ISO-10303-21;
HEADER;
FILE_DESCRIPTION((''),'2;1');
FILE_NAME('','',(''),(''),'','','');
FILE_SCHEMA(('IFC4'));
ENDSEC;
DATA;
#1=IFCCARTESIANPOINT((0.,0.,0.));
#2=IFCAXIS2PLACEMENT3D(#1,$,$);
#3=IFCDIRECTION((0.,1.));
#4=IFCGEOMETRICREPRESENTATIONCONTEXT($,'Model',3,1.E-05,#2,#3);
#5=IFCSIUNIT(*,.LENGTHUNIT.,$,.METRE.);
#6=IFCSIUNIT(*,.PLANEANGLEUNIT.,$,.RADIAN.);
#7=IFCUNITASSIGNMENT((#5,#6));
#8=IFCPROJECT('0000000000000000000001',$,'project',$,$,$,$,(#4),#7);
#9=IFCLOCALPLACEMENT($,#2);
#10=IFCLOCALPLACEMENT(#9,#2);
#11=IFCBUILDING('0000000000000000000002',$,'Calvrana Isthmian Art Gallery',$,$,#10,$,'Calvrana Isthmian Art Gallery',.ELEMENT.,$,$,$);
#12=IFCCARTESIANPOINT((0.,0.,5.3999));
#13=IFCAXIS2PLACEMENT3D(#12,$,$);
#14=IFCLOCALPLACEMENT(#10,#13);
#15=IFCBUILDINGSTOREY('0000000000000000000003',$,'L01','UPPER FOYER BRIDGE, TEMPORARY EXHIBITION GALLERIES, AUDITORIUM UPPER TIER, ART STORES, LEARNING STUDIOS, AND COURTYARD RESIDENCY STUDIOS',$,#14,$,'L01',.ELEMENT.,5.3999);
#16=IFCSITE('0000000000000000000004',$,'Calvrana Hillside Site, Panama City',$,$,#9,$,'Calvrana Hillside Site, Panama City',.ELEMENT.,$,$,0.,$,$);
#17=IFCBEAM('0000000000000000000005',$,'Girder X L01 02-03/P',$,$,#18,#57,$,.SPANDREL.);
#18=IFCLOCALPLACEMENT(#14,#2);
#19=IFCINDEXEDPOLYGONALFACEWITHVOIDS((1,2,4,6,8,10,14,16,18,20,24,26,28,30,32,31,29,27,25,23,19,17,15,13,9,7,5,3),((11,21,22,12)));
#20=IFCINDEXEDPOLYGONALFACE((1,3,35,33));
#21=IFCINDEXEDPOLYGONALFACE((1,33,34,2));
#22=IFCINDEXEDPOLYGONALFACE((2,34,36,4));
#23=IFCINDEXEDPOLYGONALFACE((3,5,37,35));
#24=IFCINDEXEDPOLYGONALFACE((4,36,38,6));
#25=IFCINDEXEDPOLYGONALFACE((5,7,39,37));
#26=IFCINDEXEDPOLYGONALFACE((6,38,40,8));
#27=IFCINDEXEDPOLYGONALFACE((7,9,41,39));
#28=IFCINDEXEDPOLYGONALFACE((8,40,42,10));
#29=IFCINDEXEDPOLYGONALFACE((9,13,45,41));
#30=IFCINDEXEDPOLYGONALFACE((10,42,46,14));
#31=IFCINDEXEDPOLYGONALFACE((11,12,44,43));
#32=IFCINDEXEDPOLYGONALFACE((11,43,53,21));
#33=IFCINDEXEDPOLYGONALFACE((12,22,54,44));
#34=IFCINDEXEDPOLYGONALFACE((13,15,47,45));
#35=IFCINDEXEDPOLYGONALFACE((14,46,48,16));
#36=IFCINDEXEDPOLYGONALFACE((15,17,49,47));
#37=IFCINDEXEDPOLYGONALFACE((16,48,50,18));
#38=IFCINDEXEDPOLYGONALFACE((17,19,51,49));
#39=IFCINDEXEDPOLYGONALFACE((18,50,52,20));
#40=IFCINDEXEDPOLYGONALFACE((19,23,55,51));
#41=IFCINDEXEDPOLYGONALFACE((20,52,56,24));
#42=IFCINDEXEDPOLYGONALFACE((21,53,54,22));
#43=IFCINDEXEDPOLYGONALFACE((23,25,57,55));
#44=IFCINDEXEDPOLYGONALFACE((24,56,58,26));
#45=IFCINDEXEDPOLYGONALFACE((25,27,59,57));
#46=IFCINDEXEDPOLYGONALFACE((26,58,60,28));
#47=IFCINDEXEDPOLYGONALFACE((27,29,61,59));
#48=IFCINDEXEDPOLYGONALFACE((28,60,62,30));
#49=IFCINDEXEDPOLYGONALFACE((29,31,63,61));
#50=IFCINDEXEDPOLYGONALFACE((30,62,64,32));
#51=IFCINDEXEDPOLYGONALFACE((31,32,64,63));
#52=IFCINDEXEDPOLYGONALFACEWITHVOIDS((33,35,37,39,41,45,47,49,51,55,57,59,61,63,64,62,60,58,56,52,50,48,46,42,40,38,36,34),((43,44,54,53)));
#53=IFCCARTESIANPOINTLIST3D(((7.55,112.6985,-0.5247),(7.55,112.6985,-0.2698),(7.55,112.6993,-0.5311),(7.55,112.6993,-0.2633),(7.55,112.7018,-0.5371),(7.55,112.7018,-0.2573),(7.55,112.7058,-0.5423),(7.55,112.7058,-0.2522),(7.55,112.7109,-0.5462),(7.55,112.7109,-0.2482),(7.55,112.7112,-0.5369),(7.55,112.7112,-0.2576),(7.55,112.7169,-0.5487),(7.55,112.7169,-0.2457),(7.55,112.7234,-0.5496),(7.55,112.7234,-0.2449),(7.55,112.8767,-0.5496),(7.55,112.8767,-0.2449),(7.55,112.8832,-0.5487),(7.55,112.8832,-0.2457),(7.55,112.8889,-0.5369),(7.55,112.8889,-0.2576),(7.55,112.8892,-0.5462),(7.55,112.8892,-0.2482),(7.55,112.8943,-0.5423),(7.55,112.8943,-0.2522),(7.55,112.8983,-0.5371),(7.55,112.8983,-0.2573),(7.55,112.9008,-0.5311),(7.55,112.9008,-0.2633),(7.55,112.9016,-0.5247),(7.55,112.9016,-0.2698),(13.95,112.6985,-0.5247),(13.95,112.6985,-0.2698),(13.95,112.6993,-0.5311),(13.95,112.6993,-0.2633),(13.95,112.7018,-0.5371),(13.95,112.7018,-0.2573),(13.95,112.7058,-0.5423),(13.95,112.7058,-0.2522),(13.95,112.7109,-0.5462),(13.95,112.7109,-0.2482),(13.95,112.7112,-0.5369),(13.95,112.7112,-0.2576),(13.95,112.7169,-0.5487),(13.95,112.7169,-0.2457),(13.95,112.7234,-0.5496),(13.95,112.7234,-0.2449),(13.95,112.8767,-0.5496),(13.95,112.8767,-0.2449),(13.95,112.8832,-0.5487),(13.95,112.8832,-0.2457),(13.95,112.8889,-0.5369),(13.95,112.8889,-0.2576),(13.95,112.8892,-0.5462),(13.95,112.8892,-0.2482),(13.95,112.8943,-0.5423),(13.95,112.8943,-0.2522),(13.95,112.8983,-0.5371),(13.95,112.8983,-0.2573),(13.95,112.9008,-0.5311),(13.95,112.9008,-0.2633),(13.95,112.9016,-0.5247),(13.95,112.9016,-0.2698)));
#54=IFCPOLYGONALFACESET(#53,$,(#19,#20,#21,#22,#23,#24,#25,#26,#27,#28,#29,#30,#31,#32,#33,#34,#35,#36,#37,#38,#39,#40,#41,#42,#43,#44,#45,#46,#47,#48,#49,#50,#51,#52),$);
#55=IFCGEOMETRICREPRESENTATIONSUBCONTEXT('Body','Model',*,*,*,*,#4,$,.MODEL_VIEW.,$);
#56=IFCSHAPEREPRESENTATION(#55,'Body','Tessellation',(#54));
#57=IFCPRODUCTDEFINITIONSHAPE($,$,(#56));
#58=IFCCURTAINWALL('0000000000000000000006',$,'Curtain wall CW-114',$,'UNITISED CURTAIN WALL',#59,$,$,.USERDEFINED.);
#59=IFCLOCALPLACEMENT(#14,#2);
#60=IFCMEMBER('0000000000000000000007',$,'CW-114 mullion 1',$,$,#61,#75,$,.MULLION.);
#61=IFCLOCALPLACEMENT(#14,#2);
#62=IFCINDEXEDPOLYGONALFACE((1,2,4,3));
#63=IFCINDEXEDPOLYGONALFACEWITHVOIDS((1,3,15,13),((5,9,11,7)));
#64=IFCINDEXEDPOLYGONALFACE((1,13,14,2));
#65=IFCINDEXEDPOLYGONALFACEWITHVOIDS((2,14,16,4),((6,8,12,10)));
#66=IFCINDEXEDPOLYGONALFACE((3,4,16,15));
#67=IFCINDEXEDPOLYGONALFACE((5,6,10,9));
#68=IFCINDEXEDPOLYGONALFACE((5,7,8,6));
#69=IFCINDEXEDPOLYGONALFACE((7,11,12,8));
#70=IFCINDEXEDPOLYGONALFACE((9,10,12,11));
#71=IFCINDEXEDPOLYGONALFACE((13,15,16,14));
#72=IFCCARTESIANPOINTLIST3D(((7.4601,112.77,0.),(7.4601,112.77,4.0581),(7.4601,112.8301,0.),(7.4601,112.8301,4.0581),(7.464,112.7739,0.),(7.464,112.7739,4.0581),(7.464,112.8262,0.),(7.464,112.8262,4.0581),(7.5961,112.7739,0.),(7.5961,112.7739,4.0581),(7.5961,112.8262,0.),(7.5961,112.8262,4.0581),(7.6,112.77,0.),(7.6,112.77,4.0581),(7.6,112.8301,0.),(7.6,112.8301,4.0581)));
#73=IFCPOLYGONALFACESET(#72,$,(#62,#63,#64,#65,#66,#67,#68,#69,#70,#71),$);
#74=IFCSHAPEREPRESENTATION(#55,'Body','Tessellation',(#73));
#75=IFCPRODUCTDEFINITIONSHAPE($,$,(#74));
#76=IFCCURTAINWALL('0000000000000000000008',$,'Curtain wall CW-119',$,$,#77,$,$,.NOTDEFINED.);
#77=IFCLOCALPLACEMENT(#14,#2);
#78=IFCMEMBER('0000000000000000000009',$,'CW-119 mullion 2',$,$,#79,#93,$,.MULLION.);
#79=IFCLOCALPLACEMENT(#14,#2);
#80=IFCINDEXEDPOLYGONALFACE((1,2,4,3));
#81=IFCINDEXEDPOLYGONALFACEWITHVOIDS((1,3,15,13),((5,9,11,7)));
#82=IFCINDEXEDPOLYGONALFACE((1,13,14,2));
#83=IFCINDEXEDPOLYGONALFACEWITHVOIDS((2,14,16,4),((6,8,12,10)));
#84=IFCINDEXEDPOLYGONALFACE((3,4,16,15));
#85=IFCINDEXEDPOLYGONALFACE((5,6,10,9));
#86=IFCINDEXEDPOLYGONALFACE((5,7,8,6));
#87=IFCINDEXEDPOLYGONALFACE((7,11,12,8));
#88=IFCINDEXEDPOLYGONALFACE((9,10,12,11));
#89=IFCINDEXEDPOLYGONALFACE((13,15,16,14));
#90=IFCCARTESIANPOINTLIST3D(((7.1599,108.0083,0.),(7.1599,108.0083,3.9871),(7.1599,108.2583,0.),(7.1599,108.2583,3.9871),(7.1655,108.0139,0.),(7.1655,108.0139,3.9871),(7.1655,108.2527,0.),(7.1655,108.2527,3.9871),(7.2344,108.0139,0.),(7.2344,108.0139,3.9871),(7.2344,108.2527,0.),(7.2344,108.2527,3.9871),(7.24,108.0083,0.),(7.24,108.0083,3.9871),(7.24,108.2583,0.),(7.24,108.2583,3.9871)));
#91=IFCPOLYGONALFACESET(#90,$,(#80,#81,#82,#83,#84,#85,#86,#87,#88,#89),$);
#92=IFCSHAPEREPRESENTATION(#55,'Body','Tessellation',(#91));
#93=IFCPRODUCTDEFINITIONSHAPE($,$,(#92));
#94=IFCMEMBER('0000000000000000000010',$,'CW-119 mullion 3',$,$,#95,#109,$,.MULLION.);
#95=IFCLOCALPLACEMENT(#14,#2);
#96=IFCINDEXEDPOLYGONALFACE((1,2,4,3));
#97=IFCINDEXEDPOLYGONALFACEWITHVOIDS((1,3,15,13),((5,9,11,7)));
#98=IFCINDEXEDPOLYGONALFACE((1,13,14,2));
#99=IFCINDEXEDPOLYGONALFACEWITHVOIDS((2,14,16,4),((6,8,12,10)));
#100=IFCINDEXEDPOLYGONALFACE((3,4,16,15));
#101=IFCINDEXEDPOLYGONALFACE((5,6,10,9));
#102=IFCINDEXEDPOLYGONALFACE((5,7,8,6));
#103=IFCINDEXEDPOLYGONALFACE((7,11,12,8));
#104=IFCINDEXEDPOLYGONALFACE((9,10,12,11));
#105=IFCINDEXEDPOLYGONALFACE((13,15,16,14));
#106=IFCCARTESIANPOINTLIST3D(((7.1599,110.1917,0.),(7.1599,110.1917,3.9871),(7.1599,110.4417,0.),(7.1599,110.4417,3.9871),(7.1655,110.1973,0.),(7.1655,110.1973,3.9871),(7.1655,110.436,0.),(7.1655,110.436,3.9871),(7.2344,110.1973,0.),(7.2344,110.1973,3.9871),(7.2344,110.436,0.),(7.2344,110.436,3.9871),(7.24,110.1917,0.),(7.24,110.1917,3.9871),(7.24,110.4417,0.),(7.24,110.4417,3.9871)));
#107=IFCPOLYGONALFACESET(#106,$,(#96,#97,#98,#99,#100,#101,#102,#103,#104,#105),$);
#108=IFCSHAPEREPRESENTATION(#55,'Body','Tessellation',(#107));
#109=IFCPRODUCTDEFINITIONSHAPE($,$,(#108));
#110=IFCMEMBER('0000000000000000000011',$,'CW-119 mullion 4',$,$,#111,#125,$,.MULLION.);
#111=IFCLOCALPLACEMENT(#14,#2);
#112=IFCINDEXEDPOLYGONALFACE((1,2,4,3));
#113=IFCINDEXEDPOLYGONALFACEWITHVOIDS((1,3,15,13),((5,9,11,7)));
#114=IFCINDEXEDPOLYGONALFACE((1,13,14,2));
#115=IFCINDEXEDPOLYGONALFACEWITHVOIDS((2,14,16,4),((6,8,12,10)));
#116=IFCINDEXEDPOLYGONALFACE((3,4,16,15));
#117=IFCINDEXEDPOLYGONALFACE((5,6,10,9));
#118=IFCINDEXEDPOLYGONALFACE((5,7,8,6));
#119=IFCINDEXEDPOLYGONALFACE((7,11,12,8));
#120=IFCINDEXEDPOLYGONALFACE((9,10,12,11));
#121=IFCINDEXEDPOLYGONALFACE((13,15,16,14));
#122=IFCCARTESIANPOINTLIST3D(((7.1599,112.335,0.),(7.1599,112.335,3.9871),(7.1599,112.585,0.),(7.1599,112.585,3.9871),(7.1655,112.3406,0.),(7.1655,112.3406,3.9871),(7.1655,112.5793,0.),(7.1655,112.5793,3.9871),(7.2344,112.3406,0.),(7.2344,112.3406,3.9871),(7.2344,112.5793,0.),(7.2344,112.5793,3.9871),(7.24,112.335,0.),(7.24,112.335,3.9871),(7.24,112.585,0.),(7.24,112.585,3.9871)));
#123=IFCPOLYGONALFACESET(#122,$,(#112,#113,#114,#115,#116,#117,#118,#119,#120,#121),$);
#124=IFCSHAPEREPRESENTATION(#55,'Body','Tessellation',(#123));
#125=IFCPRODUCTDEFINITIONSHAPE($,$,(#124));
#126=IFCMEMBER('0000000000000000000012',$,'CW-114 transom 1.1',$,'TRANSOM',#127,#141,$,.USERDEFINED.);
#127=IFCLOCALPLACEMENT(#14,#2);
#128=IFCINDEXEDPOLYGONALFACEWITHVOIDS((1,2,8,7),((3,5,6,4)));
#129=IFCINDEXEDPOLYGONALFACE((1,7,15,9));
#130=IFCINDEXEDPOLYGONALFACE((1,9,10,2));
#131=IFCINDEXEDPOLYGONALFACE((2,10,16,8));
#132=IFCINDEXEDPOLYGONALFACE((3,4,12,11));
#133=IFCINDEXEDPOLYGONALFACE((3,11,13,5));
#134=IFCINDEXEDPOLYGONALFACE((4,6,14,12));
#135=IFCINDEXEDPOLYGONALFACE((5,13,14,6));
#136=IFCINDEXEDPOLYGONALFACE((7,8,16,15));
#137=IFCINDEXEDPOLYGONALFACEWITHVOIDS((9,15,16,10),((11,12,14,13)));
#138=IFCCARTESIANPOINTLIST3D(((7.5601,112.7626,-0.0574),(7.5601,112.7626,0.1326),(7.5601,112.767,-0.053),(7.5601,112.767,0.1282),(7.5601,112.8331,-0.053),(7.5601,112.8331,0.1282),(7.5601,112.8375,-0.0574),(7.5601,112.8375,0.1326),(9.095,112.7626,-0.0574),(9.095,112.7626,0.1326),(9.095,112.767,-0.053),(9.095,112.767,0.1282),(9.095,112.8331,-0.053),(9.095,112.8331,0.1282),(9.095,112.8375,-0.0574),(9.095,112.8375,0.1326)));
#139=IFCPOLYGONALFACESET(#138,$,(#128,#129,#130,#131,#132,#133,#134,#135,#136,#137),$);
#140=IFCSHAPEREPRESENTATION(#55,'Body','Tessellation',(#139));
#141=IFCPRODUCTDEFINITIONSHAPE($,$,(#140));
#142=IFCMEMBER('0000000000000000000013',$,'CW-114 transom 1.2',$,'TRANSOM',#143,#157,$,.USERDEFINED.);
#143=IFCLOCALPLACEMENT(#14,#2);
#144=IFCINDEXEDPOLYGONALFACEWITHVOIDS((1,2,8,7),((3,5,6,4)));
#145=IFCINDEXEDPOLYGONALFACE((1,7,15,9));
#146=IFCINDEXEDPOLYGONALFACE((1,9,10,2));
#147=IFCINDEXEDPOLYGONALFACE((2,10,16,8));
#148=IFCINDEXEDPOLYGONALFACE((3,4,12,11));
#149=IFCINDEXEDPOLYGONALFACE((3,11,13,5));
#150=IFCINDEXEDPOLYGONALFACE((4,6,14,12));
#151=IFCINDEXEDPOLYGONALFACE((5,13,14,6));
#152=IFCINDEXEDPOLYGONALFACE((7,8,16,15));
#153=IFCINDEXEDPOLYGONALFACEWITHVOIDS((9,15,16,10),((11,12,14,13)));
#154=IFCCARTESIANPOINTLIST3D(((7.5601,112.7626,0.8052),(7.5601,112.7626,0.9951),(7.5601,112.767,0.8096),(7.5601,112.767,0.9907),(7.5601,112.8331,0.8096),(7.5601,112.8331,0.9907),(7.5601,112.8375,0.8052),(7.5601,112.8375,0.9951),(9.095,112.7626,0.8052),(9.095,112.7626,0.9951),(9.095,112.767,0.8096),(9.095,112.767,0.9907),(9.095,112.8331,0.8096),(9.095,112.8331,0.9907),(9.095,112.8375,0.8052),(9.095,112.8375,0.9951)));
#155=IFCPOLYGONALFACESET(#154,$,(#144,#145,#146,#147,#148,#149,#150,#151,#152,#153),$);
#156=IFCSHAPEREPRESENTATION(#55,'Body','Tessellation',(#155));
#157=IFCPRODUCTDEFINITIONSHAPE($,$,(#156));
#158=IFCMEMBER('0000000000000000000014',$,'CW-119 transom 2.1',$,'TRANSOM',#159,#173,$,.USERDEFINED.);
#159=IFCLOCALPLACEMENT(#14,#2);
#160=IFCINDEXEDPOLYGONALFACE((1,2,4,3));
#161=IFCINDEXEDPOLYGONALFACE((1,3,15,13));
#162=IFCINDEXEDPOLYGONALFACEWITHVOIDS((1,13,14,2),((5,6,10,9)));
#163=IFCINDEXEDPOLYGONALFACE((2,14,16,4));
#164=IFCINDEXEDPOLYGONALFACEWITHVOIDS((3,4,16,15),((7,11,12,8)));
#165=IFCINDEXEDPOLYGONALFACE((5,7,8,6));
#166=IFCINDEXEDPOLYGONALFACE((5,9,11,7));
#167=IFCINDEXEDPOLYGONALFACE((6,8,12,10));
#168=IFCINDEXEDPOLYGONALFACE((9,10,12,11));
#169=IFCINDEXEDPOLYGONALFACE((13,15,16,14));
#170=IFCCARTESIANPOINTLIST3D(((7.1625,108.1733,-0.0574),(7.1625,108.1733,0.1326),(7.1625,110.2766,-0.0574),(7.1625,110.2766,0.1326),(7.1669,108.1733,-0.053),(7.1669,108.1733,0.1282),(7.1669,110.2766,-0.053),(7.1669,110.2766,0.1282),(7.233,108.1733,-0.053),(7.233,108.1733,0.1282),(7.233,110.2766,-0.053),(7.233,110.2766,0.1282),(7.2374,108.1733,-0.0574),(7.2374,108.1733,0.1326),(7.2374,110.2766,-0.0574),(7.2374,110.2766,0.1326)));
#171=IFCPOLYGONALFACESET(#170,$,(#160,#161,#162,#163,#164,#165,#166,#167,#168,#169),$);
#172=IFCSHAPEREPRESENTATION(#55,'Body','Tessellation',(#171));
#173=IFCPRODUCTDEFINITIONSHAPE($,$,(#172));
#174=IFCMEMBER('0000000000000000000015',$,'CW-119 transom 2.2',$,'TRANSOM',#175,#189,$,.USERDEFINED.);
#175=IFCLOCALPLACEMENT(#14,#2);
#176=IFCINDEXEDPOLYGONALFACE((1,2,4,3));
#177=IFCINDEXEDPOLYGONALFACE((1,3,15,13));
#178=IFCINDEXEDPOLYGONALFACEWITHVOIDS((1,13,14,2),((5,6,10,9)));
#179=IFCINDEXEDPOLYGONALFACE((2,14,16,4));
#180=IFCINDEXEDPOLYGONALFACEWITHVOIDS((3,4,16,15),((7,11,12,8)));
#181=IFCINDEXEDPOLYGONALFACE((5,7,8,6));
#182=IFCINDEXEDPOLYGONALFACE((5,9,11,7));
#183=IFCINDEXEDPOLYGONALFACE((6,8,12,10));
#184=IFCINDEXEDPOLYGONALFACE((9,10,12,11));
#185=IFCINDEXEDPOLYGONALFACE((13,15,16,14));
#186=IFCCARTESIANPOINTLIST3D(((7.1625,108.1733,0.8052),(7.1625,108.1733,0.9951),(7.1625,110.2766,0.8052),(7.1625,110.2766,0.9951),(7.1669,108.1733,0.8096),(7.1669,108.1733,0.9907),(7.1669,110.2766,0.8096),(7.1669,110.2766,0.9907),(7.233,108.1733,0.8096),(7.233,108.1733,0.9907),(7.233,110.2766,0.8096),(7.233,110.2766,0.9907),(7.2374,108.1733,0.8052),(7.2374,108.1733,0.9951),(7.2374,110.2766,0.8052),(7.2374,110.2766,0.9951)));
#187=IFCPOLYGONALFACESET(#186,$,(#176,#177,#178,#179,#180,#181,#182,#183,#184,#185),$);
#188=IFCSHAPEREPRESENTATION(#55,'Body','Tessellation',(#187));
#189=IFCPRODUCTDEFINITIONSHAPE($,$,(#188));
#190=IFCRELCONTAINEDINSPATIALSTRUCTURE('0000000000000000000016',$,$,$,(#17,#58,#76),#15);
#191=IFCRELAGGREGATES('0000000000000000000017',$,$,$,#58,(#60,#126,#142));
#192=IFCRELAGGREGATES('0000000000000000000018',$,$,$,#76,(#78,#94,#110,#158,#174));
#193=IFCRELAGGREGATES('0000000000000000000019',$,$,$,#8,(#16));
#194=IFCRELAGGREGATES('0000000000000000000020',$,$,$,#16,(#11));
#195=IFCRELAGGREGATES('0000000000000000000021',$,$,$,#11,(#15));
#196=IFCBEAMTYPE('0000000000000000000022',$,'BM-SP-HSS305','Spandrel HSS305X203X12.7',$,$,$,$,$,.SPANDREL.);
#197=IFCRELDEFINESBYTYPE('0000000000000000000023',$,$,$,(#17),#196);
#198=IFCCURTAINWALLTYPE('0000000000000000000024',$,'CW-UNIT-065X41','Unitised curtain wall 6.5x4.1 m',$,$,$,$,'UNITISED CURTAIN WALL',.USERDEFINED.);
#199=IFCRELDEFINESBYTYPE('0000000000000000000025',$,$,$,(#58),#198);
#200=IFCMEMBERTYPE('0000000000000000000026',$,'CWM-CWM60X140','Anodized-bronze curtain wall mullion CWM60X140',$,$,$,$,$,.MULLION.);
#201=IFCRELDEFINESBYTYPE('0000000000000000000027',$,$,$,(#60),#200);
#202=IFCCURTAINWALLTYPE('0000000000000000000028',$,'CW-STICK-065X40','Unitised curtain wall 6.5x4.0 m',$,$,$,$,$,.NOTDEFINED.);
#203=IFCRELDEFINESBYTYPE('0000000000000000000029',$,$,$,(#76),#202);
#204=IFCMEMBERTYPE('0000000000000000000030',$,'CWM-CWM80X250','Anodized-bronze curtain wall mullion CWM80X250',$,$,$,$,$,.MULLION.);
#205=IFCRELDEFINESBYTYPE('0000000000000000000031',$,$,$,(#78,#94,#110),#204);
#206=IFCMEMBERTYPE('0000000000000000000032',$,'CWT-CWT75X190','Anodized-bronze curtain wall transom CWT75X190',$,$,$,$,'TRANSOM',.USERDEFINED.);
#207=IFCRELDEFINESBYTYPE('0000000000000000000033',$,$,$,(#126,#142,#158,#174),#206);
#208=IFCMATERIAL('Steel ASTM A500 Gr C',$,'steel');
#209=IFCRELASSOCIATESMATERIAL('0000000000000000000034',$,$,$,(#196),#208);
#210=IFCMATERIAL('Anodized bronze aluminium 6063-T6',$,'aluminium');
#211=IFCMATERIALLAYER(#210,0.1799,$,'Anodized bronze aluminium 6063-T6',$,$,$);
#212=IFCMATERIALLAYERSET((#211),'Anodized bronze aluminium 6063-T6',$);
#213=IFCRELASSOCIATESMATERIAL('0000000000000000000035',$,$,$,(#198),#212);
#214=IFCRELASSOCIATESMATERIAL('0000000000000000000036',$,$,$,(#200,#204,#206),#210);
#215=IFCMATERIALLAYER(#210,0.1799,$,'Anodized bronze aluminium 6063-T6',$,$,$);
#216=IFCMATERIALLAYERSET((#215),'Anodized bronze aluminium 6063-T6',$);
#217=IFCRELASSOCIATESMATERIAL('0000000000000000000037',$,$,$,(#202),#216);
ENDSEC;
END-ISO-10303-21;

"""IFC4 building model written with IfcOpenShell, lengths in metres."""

from ifc_helpers import new_model, si_unit, direction, frame, origin, origin_2d, place, context, subcontext, project, spatial, hollow_rectangle, extrude, material, layer, layer_set, material_profile, profile_set, type_object, element, aggregate, save


model = new_model("IFC4")

# Units and contexts
model_context = context("Model", 3, precision=1e-05, world=origin(), true_north=direction((0.0, 1.0)))
body_context = subcontext(model_context, "Body", "Model", "MODEL_VIEW")
ifc_project = project(units=[si_unit("LENGTHUNIT", "METRE"), si_unit("PLANEANGLEUNIT", "RADIAN")], contexts=[model_context])

# Site, building, storey
site_placement = place(None, origin())
site = spatial("IfcSite", under=ifc_project, at=site_placement, Name="Calvrana Hillside Site, Panama City", LongName="Calvrana Hillside Site, Panama City", CompositionType="ELEMENT", RefElevation=0.0)
building_placement = place(site_placement, origin())
building = spatial("IfcBuilding", under=site, at=building_placement, Name="Calvrana Isthmian Art Gallery", LongName="Calvrana Isthmian Art Gallery", CompositionType="ELEMENT")
storey_placement = place(building_placement, frame((0.0, 0.0, 5.3999)))
storey = spatial("IfcBuildingStorey", under=building, at=storey_placement, Name="L01", Description="UPPER FOYER BRIDGE, TEMPORARY EXHIBITION GALLERIES, AUDITORIUM UPPER TIER, ART STORES, LEARNING STUDIOS, AND COURTYARD RESIDENCY STUDIOS", LongName="L01", CompositionType="ELEMENT", Elevation=5.3999)

# Beam
ifc_material_1 = material(Name="Steel ASTM A500 Gr C", Category="steel")
ifc_material_profile_1 = material_profile(ifc_material_1, hollow_rectangle(XDim=0.2031, YDim=0.3047, WallThickness=0.0127, OuterFilletRadius=0.0249, at=origin_2d()), Name="HSS305X203X12.7")
ifc_profile_set_1 = profile_set([ifc_material_profile_1], Name="Steel ASTM A500 Gr C")
beam_type_1 = type_object("IfcBeamType", Name="BM-SP-HSS305", Description="Spandrel HSS305X203X12.7", PredefinedType="SPANDREL", material=ifc_profile_set_1)
beam_1_placement = place(storey_placement, frame((7.55, 112.8, -0.3972), z_axis=(1.0, 0.0, 0.0), x_axis=(0.0, 1.0, 0.0)))
element("IfcBeam", 1, at=beam_1_placement, inside=storey, type_object=beam_type_1, Name="Girder X L01 02-03/P", PredefinedType="SPANDREL", context=body_context, shape_type="SweptSolid", body=[
    extrude(hollow_rectangle(XDim=0.2031, YDim=0.3047, WallThickness=0.0127, OuterFilletRadius=0.0249, at=origin_2d()), origin(), (0.0, 0.0, 1.0), 6.3999),
])

# Curtain wall, member
ifc_material_2 = material(Name="Anodized bronze aluminium 6063-T6", Category="aluminium")
ifc_layer_1 = layer(ifc_material_2, 0.1799, Name="Anodized bronze aluminium 6063-T6")
ifc_layer_set_1 = layer_set([ifc_layer_1], Name="Anodized bronze aluminium 6063-T6")
curtain_wall_type_1 = type_object("IfcCurtainWallType", Name="CW-UNIT-065X41", Description="Unitised curtain wall 6.5x4.1 m", ElementType="UNITISED CURTAIN WALL", PredefinedType="USERDEFINED", material=ifc_layer_set_1)
curtain_wall_1_placement = place(storey_placement, origin())
curtain_wall_1 = element("IfcCurtainWall", 2, at=curtain_wall_1_placement, inside=storey, type_object=curtain_wall_type_1, Name="Curtain wall CW-114", ObjectType="UNITISED CURTAIN WALL", PredefinedType="USERDEFINED")
ifc_material_profile_2 = material_profile(ifc_material_2, hollow_rectangle(XDim=0.0601, YDim=0.1399, WallThickness=0.0039, at=origin_2d()), Name="CWM60X140")
ifc_profile_set_2 = profile_set([ifc_material_profile_2], Name="Anodized bronze aluminium 6063-T6")
member_type_1 = type_object("IfcMemberType", Name="CWM-CWM60X140", Description="Anodized-bronze curtain wall mullion CWM60X140", PredefinedType="MULLION", material=ifc_profile_set_2)
member_1_placement = place(storey_placement, frame((7.53, 112.8, 0.0), z_axis=(0.0, 0.0, 1.0), x_axis=(0.0, 1.0, 0.0)))
member_1 = element("IfcMember", 3, at=member_1_placement, type_object=member_type_1, Name="CW-114 mullion 1", PredefinedType="MULLION", context=body_context, shape_type="SweptSolid", body=[
    extrude(hollow_rectangle(XDim=0.0601, YDim=0.1399, WallThickness=0.0039, at=origin_2d()), origin(), (0.0, 0.0, 1.0), 4.0581),
])

# Curtain wall, members
ifc_layer_2 = layer(ifc_material_2, 0.1799, Name="Anodized bronze aluminium 6063-T6")
ifc_layer_set_2 = layer_set([ifc_layer_2], Name="Anodized bronze aluminium 6063-T6")
curtain_wall_type_2 = type_object("IfcCurtainWallType", Name="CW-STICK-065X40", Description="Unitised curtain wall 6.5x4.0 m", PredefinedType="NOTDEFINED", material=ifc_layer_set_2)
curtain_wall_2_placement = place(storey_placement, origin())
curtain_wall_2 = element("IfcCurtainWall", 4, at=curtain_wall_2_placement, inside=storey, type_object=curtain_wall_type_2, Name="Curtain wall CW-119", PredefinedType="NOTDEFINED")
ifc_material_profile_3 = material_profile(ifc_material_2, hollow_rectangle(XDim=0.0801, YDim=0.25, WallThickness=0.0056, at=origin_2d()), Name="CWM80X250")
ifc_profile_set_3 = profile_set([ifc_material_profile_3], Name="Anodized bronze aluminium 6063-T6")
member_type_2 = type_object("IfcMemberType", Name="CWM-CWM80X250", Description="Anodized-bronze curtain wall mullion CWM80X250", PredefinedType="MULLION", material=ifc_profile_set_3)
member_2_placement = place(storey_placement, frame((7.2, 108.1333, 0.0), z_axis=(0.0, 0.0, 1.0), x_axis=(-1.0, 0.0, 0.0)))
member_2 = element("IfcMember", 5, at=member_2_placement, type_object=member_type_2, Name="CW-119 mullion 2", PredefinedType="MULLION", context=body_context, shape_type="SweptSolid", body=[
    extrude(hollow_rectangle(XDim=0.0801, YDim=0.25, WallThickness=0.0056, at=origin_2d()), origin(), (0.0, 0.0, 1.0), 3.9871),
])
member_3_placement = place(storey_placement, frame((7.2, 110.3167, 0.0), z_axis=(0.0, 0.0, 1.0), x_axis=(-1.0, 0.0, 0.0)))
member_3 = element("IfcMember", 6, at=member_3_placement, type_object=member_type_2, Name="CW-119 mullion 3", PredefinedType="MULLION", context=body_context, shape_type="SweptSolid", body=[
    extrude(hollow_rectangle(XDim=0.0801, YDim=0.25, WallThickness=0.0056, at=origin_2d()), origin(), (0.0, 0.0, 1.0), 3.9871),
])
member_4_placement = place(storey_placement, frame((7.2, 112.46, 0.0), z_axis=(0.0, 0.0, 1.0), x_axis=(-1.0, 0.0, 0.0)))
member_4 = element("IfcMember", 7, at=member_4_placement, type_object=member_type_2, Name="CW-119 mullion 4", PredefinedType="MULLION", context=body_context, shape_type="SweptSolid", body=[
    extrude(hollow_rectangle(XDim=0.0801, YDim=0.25, WallThickness=0.0056, at=origin_2d()), origin(), (0.0, 0.0, 1.0), 3.9871),
])

# Members
ifc_material_profile_4 = material_profile(ifc_material_2, hollow_rectangle(XDim=0.075, YDim=0.1899, WallThickness=0.0044, at=origin_2d()), Name="CWT75X190")
ifc_profile_set_4 = profile_set([ifc_material_profile_4], Name="Anodized bronze aluminium 6063-T6")
member_type_3 = type_object("IfcMemberType", Name="CWT-CWT75X190", Description="Anodized-bronze curtain wall transom CWT75X190", ElementType="TRANSOM", PredefinedType="USERDEFINED", material=ifc_profile_set_4)
member_5_placement = place(storey_placement, frame((7.5601, 112.8, 0.0376), z_axis=(1.0, 0.0, 0.0), x_axis=(0.0, 1.0, 0.0)))
member_5 = element("IfcMember", 8, at=member_5_placement, type_object=member_type_3, Name="CW-114 transom 1.1", ObjectType="TRANSOM", PredefinedType="USERDEFINED", context=body_context, shape_type="SweptSolid", body=[
    extrude(hollow_rectangle(XDim=0.075, YDim=0.1899, WallThickness=0.0044, at=origin_2d()), origin(), (0.0, 0.0, 1.0), 1.5349),
])
member_6_placement = place(storey_placement, frame((7.5601, 112.8, 0.9001), z_axis=(1.0, 0.0, 0.0), x_axis=(0.0, 1.0, 0.0)))
member_6 = element("IfcMember", 9, at=member_6_placement, type_object=member_type_3, Name="CW-114 transom 1.2", ObjectType="TRANSOM", PredefinedType="USERDEFINED", context=body_context, shape_type="SweptSolid", body=[
    extrude(hollow_rectangle(XDim=0.075, YDim=0.1899, WallThickness=0.0044, at=origin_2d()), origin(), (0.0, 0.0, 1.0), 1.5349),
])
aggregate(curtain_wall_1, [member_1, member_5, member_6])
member_7_placement = place(storey_placement, frame((7.2, 108.1733, 0.0376), z_axis=(0.0, 1.0, 0.0), x_axis=(-1.0, 0.0, 0.0)))
member_7 = element("IfcMember", 10, at=member_7_placement, type_object=member_type_3, Name="CW-119 transom 2.1", ObjectType="TRANSOM", PredefinedType="USERDEFINED", context=body_context, shape_type="SweptSolid", body=[
    extrude(hollow_rectangle(XDim=0.075, YDim=0.1899, WallThickness=0.0044, at=origin_2d()), origin(), (0.0, 0.0, 1.0), 2.1033),
])
member_8_placement = place(storey_placement, frame((7.2, 108.1733, 0.9001), z_axis=(0.0, 1.0, 0.0), x_axis=(-1.0, 0.0, 0.0)))
member_8 = element("IfcMember", 11, at=member_8_placement, type_object=member_type_3, Name="CW-119 transom 2.2", ObjectType="TRANSOM", PredefinedType="USERDEFINED", context=body_context, shape_type="SweptSolid", body=[
    extrude(hollow_rectangle(XDim=0.075, YDim=0.1899, WallThickness=0.0044, at=origin_2d()), origin(), (0.0, 0.0, 1.0), 2.1033),
])

aggregate(curtain_wall_2, [member_2, member_3, member_4, member_7, member_8])

save(model, "model.ifc")
